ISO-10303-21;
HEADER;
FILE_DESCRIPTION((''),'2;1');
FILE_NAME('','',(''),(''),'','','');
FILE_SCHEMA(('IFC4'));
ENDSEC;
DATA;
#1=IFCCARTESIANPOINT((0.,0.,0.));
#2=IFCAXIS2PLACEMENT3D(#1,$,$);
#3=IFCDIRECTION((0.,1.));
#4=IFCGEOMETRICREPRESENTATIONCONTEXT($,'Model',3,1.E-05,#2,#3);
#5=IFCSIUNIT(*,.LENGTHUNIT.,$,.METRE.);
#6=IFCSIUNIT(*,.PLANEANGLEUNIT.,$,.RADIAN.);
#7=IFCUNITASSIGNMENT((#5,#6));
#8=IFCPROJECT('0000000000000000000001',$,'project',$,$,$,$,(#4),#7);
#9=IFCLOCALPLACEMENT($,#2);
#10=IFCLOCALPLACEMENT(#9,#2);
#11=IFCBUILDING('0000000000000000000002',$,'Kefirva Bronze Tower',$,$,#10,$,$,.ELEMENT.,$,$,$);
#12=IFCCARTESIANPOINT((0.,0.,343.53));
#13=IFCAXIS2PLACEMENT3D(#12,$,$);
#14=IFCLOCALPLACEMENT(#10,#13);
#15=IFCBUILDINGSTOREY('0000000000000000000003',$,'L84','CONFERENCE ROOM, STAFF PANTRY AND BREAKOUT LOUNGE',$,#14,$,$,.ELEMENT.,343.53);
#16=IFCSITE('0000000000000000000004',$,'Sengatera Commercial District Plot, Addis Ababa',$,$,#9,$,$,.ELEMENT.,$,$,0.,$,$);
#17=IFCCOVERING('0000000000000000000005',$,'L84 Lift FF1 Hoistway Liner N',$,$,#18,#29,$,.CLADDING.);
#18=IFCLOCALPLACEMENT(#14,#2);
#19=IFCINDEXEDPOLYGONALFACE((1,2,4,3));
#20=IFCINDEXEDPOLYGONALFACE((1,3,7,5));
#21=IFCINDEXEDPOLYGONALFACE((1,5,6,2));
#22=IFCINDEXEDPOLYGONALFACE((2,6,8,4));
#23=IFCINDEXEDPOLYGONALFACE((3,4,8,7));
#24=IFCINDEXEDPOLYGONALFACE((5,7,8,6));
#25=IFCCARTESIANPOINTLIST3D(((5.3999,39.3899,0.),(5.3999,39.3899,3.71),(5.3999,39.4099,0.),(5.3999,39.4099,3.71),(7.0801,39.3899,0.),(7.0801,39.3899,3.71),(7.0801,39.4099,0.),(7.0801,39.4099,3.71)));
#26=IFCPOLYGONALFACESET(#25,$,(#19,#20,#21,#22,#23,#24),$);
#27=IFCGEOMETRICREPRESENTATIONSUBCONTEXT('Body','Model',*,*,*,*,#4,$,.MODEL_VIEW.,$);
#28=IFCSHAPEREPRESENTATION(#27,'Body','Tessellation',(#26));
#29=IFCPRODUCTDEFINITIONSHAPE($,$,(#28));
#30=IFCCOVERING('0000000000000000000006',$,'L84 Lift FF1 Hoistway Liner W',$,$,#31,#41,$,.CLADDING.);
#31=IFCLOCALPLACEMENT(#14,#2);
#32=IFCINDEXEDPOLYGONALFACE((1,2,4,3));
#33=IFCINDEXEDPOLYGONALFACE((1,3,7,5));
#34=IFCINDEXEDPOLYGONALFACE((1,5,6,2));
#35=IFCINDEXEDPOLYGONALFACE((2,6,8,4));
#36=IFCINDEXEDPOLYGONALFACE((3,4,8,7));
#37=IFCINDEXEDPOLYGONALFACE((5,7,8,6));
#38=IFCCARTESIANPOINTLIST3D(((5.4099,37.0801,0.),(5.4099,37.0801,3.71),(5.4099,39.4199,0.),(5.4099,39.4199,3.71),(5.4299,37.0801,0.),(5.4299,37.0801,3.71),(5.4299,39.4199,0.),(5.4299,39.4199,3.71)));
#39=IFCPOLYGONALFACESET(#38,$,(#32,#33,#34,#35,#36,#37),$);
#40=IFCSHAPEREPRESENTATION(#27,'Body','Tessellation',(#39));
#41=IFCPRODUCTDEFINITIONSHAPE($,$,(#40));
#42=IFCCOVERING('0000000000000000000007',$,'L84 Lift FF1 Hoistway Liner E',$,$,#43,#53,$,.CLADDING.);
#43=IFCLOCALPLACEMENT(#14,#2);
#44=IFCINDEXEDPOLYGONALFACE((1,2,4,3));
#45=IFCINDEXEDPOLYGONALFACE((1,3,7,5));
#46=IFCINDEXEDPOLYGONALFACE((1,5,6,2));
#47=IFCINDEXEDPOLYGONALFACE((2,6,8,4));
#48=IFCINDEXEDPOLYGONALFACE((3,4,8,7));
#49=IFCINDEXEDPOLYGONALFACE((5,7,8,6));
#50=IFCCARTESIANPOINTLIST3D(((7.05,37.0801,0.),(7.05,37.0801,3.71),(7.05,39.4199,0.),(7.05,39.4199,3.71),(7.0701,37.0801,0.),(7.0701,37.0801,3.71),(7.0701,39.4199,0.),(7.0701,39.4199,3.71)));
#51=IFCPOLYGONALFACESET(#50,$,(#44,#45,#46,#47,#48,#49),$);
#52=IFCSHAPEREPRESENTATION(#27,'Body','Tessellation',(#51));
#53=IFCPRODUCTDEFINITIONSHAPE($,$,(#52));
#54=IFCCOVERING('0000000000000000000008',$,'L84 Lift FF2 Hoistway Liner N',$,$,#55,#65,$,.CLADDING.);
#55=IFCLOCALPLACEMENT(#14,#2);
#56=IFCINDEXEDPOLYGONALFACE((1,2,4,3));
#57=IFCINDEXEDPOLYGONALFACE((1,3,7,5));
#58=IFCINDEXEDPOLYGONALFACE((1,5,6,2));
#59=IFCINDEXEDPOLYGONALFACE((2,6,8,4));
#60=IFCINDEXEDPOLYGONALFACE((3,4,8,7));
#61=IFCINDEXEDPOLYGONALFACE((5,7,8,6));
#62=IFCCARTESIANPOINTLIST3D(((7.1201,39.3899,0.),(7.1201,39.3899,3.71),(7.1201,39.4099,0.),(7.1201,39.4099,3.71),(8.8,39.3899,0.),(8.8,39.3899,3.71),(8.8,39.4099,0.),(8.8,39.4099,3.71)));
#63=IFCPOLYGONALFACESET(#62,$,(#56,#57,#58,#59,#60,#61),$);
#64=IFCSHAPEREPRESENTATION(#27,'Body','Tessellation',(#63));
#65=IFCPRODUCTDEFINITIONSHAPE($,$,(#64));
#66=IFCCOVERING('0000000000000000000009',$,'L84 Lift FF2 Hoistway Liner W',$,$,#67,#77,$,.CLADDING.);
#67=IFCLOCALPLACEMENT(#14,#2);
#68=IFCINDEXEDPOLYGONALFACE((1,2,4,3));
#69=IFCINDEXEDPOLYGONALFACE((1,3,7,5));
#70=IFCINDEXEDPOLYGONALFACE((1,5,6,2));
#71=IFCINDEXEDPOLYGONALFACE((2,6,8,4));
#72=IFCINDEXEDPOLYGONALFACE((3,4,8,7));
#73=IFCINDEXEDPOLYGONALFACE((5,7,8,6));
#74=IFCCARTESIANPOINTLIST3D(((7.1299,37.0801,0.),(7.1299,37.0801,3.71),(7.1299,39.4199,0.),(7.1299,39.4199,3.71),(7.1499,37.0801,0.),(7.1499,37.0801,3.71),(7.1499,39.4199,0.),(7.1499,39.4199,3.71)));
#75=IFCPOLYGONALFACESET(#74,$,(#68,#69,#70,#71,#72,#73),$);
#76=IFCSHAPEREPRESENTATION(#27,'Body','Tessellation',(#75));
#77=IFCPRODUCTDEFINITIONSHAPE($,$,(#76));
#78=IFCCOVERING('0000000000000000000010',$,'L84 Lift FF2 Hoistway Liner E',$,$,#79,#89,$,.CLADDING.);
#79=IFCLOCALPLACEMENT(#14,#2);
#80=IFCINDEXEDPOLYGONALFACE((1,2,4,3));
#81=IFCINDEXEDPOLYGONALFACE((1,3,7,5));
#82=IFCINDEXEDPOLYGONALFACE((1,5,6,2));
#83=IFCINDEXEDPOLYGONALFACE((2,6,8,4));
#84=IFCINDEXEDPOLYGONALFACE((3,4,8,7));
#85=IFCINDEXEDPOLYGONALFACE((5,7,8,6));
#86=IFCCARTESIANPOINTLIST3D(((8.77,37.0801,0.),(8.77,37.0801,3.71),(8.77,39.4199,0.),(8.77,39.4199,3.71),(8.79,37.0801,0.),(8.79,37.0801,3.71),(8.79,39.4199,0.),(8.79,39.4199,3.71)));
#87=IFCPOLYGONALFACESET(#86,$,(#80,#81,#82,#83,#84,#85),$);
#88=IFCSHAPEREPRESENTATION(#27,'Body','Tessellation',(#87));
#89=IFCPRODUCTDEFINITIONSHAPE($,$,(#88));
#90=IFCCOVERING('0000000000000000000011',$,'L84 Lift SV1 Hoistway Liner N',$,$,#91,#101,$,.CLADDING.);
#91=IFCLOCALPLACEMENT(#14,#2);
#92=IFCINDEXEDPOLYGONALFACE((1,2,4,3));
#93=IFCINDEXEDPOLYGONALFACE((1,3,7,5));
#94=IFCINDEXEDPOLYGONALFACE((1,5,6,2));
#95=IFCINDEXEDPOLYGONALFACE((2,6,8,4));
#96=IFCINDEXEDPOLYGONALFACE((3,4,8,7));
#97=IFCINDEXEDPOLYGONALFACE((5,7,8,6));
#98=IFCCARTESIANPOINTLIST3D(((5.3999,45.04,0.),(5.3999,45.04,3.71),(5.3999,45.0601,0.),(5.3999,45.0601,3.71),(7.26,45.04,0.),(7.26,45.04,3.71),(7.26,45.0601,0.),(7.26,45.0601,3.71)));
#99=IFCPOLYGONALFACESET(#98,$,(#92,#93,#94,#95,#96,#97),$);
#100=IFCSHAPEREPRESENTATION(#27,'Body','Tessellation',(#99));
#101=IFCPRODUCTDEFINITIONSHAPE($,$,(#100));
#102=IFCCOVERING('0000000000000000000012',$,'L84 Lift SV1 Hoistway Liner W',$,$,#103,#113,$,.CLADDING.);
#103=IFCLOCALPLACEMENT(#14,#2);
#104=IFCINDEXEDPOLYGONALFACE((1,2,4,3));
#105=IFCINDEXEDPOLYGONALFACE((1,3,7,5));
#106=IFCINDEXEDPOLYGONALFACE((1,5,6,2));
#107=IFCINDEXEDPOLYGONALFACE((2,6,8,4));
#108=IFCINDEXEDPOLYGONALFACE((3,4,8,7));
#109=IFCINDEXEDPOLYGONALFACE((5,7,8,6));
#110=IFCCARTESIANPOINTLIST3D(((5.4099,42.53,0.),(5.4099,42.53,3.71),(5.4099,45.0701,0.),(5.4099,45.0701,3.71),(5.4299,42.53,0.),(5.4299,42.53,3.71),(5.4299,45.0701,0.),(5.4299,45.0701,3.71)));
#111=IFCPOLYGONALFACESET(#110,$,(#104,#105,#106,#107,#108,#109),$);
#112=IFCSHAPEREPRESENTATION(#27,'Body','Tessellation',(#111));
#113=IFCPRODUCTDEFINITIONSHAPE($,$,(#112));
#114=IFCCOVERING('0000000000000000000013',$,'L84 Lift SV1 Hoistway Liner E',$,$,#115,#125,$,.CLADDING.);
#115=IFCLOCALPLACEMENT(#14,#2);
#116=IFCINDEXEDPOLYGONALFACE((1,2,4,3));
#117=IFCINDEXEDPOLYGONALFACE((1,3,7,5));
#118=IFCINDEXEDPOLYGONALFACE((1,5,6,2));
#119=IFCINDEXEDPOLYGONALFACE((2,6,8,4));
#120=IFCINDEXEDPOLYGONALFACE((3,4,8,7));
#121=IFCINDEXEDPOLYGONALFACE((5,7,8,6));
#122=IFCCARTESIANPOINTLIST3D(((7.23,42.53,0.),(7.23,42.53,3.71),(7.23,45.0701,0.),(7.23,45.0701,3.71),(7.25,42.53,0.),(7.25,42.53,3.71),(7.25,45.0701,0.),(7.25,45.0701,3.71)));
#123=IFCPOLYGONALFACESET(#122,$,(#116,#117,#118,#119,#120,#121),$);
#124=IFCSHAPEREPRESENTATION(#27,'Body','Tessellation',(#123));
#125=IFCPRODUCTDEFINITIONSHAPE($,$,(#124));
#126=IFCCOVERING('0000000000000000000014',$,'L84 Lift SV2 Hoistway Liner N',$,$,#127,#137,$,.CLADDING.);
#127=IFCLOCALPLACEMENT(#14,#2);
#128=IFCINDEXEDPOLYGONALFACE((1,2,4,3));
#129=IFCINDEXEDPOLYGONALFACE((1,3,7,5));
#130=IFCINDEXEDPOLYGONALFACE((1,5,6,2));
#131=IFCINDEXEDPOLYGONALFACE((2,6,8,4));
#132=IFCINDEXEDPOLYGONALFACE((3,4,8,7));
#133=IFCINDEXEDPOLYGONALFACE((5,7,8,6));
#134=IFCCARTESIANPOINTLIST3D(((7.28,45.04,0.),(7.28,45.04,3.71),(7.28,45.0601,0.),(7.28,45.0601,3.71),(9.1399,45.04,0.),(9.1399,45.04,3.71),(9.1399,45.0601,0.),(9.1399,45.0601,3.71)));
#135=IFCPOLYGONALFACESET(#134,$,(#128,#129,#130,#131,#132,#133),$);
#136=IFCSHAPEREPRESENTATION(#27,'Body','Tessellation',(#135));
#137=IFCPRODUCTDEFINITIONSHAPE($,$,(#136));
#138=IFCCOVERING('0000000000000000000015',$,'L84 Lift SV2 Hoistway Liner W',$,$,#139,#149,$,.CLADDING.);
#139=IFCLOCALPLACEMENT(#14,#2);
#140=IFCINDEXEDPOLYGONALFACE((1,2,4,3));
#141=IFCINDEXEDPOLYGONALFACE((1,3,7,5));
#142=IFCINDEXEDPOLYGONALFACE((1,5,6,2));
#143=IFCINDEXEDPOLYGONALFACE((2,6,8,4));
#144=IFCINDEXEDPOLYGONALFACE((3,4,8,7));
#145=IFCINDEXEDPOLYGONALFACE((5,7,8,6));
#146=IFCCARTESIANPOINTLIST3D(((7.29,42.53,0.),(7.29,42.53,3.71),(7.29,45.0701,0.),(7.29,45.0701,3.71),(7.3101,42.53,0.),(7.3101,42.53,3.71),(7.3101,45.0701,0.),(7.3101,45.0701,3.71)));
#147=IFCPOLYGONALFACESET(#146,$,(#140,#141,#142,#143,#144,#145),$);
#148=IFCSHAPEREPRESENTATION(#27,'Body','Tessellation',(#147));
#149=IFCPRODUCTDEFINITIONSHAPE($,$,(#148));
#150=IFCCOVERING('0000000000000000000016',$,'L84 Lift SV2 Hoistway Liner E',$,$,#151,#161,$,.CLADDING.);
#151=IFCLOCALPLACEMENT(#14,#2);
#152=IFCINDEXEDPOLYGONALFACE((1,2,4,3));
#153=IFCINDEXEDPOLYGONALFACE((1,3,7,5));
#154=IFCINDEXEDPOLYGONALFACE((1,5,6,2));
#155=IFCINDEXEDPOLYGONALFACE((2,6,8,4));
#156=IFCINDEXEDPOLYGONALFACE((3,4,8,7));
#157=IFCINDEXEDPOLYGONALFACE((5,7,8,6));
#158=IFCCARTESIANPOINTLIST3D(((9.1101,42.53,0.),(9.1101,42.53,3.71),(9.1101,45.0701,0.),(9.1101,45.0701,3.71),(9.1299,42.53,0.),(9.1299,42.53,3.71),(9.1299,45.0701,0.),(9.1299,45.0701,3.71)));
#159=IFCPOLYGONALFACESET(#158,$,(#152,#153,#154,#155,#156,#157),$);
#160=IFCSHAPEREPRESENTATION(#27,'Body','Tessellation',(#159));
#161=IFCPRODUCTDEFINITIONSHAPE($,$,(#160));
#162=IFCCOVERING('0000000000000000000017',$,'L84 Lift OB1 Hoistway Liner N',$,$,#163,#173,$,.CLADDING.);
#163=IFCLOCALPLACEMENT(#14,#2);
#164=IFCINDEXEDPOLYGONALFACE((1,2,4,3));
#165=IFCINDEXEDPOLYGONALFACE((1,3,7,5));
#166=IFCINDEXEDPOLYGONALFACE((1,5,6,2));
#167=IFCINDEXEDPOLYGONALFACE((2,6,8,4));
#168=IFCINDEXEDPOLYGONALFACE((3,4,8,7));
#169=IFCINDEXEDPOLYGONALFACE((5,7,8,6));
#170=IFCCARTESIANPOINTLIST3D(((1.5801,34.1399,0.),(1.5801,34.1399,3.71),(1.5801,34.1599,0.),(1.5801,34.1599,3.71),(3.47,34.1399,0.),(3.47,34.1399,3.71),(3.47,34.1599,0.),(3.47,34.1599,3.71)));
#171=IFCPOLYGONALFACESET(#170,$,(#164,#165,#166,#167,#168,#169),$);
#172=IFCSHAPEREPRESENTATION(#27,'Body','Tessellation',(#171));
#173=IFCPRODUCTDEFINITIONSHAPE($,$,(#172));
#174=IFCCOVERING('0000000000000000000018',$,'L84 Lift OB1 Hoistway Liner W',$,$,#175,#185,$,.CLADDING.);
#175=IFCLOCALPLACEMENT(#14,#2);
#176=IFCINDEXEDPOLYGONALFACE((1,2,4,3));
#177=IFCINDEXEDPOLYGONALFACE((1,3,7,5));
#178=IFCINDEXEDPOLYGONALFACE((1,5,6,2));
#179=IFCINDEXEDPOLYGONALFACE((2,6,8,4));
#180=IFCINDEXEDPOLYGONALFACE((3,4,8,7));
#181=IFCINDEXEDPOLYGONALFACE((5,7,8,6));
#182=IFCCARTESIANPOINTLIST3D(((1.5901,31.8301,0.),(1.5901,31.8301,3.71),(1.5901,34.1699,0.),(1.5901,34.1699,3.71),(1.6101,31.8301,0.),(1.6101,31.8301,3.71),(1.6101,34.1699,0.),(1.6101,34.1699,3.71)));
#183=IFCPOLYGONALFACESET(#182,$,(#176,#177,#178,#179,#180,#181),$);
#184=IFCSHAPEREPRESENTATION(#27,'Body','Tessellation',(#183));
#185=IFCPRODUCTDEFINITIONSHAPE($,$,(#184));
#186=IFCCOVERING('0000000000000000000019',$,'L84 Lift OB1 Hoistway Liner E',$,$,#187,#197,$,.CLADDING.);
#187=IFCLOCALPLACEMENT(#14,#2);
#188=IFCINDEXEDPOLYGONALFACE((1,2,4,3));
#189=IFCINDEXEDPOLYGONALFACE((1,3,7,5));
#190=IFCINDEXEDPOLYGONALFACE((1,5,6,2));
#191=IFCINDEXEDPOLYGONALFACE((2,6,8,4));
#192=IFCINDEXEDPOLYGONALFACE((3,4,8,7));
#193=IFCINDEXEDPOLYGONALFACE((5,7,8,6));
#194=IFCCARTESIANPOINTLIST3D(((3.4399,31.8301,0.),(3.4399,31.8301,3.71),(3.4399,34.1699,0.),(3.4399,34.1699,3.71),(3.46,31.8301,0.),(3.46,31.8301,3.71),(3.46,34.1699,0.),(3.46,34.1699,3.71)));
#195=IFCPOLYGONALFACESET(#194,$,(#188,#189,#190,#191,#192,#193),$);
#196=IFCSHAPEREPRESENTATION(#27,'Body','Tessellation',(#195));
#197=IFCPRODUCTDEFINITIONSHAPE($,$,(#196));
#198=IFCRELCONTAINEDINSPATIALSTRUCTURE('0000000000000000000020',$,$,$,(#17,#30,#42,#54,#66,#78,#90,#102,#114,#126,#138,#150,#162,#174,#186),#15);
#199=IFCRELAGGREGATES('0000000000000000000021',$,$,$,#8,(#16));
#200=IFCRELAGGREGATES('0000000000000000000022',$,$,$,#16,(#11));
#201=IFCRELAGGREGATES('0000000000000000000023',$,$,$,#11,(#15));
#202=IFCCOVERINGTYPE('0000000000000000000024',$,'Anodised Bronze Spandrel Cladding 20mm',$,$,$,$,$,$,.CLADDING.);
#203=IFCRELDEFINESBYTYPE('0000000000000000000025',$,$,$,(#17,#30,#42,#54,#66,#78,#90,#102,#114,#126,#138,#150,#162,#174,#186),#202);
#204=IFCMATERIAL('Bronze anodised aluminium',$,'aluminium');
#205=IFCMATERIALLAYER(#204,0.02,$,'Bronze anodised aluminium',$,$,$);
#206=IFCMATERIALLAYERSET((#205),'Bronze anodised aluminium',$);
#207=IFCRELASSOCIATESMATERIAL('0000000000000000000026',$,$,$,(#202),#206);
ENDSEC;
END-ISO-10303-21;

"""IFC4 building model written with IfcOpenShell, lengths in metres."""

from ifc_helpers import new_model, si_unit, direction, frame, origin, place, context, subcontext, project, spatial, polyline, outline, extrude, material, layer, layer_set, type_object, element, save


model = new_model("IFC4")

# Units and contexts
model_context = context("Model", 3, precision=1e-05, world=origin(), true_north=direction((0.0, 1.0)))
body_context = subcontext(model_context, "Body", "Model", "MODEL_VIEW")
ifc_project = project(units=[si_unit("LENGTHUNIT", "METRE"), si_unit("PLANEANGLEUNIT", "RADIAN")], contexts=[model_context])

# Site, building, storey
site_placement = place(None, origin())
site = spatial("IfcSite", under=ifc_project, at=site_placement, Name="Sengatera Commercial District Plot, Addis Ababa", CompositionType="ELEMENT", RefElevation=0.0)
building_placement = place(site_placement, origin())
building = spatial("IfcBuilding", under=site, at=building_placement, Name="Kefirva Bronze Tower", CompositionType="ELEMENT")
storey_placement = place(building_placement, frame((0.0, 0.0, 343.53)))
storey = spatial("IfcBuildingStorey", under=building, at=storey_placement, Name="L84", Description="CONFERENCE ROOM, STAFF PANTRY AND BREAKOUT LOUNGE", CompositionType="ELEMENT", Elevation=343.53)

# Shared definitions
ifc_material_1 = material(Name="Bronze anodised aluminium", Category="aluminium")

# Coverings
ifc_layer_1 = layer(ifc_material_1, 0.02, Name="Bronze anodised aluminium")
ifc_layer_set_1 = layer_set([ifc_layer_1], Name="Bronze anodised aluminium")
covering_type_1 = type_object("IfcCoveringType", Name="Anodised Bronze Spandrel Cladding 20mm", PredefinedType="CLADDING", material=ifc_layer_set_1)
covering_1_placement = place(storey_placement, origin())
element("IfcCovering", 1, at=covering_1_placement, inside=storey, type_object=covering_type_1, Name="L84 Lift FF1 Hoistway Liner N", PredefinedType="CLADDING", context=body_context, shape_type="SweptSolid", body=[
    extrude(outline(polyline([(5.3999, 39.3899), (7.0801, 39.3899), (7.0801, 39.4099), (5.3999, 39.4099), (5.3999, 39.3899)])), origin(), (0.0, 0.0, 1.0), 3.71),
])
covering_2_placement = place(storey_placement, origin())
element("IfcCovering", 2, at=covering_2_placement, inside=storey, type_object=covering_type_1, Name="L84 Lift FF1 Hoistway Liner W", PredefinedType="CLADDING", context=body_context, shape_type="SweptSolid", body=[
    extrude(outline(polyline([(5.4099, 37.0801), (5.4299, 37.0801), (5.4299, 39.4199), (5.4099, 39.4199), (5.4099, 37.0801)])), origin(), (0.0, 0.0, 1.0), 3.71),
])
covering_3_placement = place(storey_placement, origin())
element("IfcCovering", 3, at=covering_3_placement, inside=storey, type_object=covering_type_1, Name="L84 Lift FF1 Hoistway Liner E", PredefinedType="CLADDING", context=body_context, shape_type="SweptSolid", body=[
    extrude(outline(polyline([(7.05, 37.0801), (7.0701, 37.0801), (7.0701, 39.4199), (7.05, 39.4199), (7.05, 37.0801)])), origin(), (0.0, 0.0, 1.0), 3.71),
])
covering_4_placement = place(storey_placement, origin())
element("IfcCovering", 4, at=covering_4_placement, inside=storey, type_object=covering_type_1, Name="L84 Lift FF2 Hoistway Liner N", PredefinedType="CLADDING", context=body_context, shape_type="SweptSolid", body=[
    extrude(outline(polyline([(7.1201, 39.3899), (8.8, 39.3899), (8.8, 39.4099), (7.1201, 39.4099), (7.1201, 39.3899)])), origin(), (0.0, 0.0, 1.0), 3.71),
])
covering_5_placement = place(storey_placement, origin())
element("IfcCovering", 5, at=covering_5_placement, inside=storey, type_object=covering_type_1, Name="L84 Lift FF2 Hoistway Liner W", PredefinedType="CLADDING", context=body_context, shape_type="SweptSolid", body=[
    extrude(outline(polyline([(7.1299, 37.0801), (7.1499, 37.0801), (7.1499, 39.4199), (7.1299, 39.4199), (7.1299, 37.0801)])), origin(), (0.0, 0.0, 1.0), 3.71),
])
covering_6_placement = place(storey_placement, origin())
element("IfcCovering", 6, at=covering_6_placement, inside=storey, type_object=covering_type_1, Name="L84 Lift FF2 Hoistway Liner E", PredefinedType="CLADDING", context=body_context, shape_type="SweptSolid", body=[
    extrude(outline(polyline([(8.77, 37.0801), (8.79, 37.0801), (8.79, 39.4199), (8.77, 39.4199), (8.77, 37.0801)])), origin(), (0.0, 0.0, 1.0), 3.71),
])
covering_7_placement = place(storey_placement, origin())
element("IfcCovering", 7, at=covering_7_placement, inside=storey, type_object=covering_type_1, Name="L84 Lift SV1 Hoistway Liner N", PredefinedType="CLADDING", context=body_context, shape_type="SweptSolid", body=[
    extrude(outline(polyline([(5.3999, 45.04), (7.26, 45.04), (7.26, 45.0601), (5.3999, 45.0601), (5.3999, 45.04)])), origin(), (0.0, 0.0, 1.0), 3.71),
])
covering_8_placement = place(storey_placement, origin())
element("IfcCovering", 8, at=covering_8_placement, inside=storey, type_object=covering_type_1, Name="L84 Lift SV1 Hoistway Liner W", PredefinedType="CLADDING", context=body_context, shape_type="SweptSolid", body=[
    extrude(outline(polyline([(5.4099, 42.53), (5.4299, 42.53), (5.4299, 45.0701), (5.4099, 45.0701), (5.4099, 42.53)])), origin(), (0.0, 0.0, 1.0), 3.71),
])
covering_9_placement = place(storey_placement, origin())
element("IfcCovering", 9, at=covering_9_placement, inside=storey, type_object=covering_type_1, Name="L84 Lift SV1 Hoistway Liner E", PredefinedType="CLADDING", context=body_context, shape_type="SweptSolid", body=[
    extrude(outline(polyline([(7.23, 42.53), (7.25, 42.53), (7.25, 45.0701), (7.23, 45.0701), (7.23, 42.53)])), origin(), (0.0, 0.0, 1.0), 3.71),
])
covering_10_placement = place(storey_placement, origin())
element("IfcCovering", 10, at=covering_10_placement, inside=storey, type_object=covering_type_1, Name="L84 Lift SV2 Hoistway Liner N", PredefinedType="CLADDING", context=body_context, shape_type="SweptSolid", body=[
    extrude(outline(polyline([(7.28, 45.04), (9.1399, 45.04), (9.1399, 45.0601), (7.28, 45.0601), (7.28, 45.04)])), origin(), (0.0, 0.0, 1.0), 3.71),
])
covering_11_placement = place(storey_placement, origin())
element("IfcCovering", 11, at=covering_11_placement, inside=storey, type_object=covering_type_1, Name="L84 Lift SV2 Hoistway Liner W", PredefinedType="CLADDING", context=body_context, shape_type="SweptSolid", body=[
    extrude(outline(polyline([(7.29, 42.53), (7.3101, 42.53), (7.3101, 45.0701), (7.29, 45.0701), (7.29, 42.53)])), origin(), (0.0, 0.0, 1.0), 3.71),
])
covering_12_placement = place(storey_placement, origin())
element("IfcCovering", 12, at=covering_12_placement, inside=storey, type_object=covering_type_1, Name="L84 Lift SV2 Hoistway Liner E", PredefinedType="CLADDING", context=body_context, shape_type="SweptSolid", body=[
    extrude(outline(polyline([(9.1101, 42.53), (9.1299, 42.53), (9.1299, 45.0701), (9.1101, 45.0701), (9.1101, 42.53)])), origin(), (0.0, 0.0, 1.0), 3.71),
])
covering_13_placement = place(storey_placement, origin())
element("IfcCovering", 13, at=covering_13_placement, inside=storey, type_object=covering_type_1, Name="L84 Lift OB1 Hoistway Liner N", PredefinedType="CLADDING", context=body_context, shape_type="SweptSolid", body=[
    extrude(outline(polyline([(1.5801, 34.1399), (3.47, 34.1399), (3.47, 34.1599), (1.5801, 34.1599), (1.5801, 34.1399)])), origin(), (0.0, 0.0, 1.0), 3.71),
])
covering_14_placement = place(storey_placement, origin())
element("IfcCovering", 14, at=covering_14_placement, inside=storey, type_object=covering_type_1, Name="L84 Lift OB1 Hoistway Liner W", PredefinedType="CLADDING", context=body_context, shape_type="SweptSolid", body=[
    extrude(outline(polyline([(1.5901, 31.8301), (1.6101, 31.8301), (1.6101, 34.1699), (1.5901, 34.1699), (1.5901, 31.8301)])), origin(), (0.0, 0.0, 1.0), 3.71),
])
covering_15_placement = place(storey_placement, origin())
element("IfcCovering", 15, at=covering_15_placement, inside=storey, type_object=covering_type_1, Name="L84 Lift OB1 Hoistway Liner E", PredefinedType="CLADDING", context=body_context, shape_type="SweptSolid", body=[
    extrude(outline(polyline([(3.4399, 31.8301), (3.46, 31.8301), (3.46, 34.1699), (3.4399, 34.1699), (3.4399, 31.8301)])), origin(), (0.0, 0.0, 1.0), 3.71),
])

save(model, "model.ifc")
